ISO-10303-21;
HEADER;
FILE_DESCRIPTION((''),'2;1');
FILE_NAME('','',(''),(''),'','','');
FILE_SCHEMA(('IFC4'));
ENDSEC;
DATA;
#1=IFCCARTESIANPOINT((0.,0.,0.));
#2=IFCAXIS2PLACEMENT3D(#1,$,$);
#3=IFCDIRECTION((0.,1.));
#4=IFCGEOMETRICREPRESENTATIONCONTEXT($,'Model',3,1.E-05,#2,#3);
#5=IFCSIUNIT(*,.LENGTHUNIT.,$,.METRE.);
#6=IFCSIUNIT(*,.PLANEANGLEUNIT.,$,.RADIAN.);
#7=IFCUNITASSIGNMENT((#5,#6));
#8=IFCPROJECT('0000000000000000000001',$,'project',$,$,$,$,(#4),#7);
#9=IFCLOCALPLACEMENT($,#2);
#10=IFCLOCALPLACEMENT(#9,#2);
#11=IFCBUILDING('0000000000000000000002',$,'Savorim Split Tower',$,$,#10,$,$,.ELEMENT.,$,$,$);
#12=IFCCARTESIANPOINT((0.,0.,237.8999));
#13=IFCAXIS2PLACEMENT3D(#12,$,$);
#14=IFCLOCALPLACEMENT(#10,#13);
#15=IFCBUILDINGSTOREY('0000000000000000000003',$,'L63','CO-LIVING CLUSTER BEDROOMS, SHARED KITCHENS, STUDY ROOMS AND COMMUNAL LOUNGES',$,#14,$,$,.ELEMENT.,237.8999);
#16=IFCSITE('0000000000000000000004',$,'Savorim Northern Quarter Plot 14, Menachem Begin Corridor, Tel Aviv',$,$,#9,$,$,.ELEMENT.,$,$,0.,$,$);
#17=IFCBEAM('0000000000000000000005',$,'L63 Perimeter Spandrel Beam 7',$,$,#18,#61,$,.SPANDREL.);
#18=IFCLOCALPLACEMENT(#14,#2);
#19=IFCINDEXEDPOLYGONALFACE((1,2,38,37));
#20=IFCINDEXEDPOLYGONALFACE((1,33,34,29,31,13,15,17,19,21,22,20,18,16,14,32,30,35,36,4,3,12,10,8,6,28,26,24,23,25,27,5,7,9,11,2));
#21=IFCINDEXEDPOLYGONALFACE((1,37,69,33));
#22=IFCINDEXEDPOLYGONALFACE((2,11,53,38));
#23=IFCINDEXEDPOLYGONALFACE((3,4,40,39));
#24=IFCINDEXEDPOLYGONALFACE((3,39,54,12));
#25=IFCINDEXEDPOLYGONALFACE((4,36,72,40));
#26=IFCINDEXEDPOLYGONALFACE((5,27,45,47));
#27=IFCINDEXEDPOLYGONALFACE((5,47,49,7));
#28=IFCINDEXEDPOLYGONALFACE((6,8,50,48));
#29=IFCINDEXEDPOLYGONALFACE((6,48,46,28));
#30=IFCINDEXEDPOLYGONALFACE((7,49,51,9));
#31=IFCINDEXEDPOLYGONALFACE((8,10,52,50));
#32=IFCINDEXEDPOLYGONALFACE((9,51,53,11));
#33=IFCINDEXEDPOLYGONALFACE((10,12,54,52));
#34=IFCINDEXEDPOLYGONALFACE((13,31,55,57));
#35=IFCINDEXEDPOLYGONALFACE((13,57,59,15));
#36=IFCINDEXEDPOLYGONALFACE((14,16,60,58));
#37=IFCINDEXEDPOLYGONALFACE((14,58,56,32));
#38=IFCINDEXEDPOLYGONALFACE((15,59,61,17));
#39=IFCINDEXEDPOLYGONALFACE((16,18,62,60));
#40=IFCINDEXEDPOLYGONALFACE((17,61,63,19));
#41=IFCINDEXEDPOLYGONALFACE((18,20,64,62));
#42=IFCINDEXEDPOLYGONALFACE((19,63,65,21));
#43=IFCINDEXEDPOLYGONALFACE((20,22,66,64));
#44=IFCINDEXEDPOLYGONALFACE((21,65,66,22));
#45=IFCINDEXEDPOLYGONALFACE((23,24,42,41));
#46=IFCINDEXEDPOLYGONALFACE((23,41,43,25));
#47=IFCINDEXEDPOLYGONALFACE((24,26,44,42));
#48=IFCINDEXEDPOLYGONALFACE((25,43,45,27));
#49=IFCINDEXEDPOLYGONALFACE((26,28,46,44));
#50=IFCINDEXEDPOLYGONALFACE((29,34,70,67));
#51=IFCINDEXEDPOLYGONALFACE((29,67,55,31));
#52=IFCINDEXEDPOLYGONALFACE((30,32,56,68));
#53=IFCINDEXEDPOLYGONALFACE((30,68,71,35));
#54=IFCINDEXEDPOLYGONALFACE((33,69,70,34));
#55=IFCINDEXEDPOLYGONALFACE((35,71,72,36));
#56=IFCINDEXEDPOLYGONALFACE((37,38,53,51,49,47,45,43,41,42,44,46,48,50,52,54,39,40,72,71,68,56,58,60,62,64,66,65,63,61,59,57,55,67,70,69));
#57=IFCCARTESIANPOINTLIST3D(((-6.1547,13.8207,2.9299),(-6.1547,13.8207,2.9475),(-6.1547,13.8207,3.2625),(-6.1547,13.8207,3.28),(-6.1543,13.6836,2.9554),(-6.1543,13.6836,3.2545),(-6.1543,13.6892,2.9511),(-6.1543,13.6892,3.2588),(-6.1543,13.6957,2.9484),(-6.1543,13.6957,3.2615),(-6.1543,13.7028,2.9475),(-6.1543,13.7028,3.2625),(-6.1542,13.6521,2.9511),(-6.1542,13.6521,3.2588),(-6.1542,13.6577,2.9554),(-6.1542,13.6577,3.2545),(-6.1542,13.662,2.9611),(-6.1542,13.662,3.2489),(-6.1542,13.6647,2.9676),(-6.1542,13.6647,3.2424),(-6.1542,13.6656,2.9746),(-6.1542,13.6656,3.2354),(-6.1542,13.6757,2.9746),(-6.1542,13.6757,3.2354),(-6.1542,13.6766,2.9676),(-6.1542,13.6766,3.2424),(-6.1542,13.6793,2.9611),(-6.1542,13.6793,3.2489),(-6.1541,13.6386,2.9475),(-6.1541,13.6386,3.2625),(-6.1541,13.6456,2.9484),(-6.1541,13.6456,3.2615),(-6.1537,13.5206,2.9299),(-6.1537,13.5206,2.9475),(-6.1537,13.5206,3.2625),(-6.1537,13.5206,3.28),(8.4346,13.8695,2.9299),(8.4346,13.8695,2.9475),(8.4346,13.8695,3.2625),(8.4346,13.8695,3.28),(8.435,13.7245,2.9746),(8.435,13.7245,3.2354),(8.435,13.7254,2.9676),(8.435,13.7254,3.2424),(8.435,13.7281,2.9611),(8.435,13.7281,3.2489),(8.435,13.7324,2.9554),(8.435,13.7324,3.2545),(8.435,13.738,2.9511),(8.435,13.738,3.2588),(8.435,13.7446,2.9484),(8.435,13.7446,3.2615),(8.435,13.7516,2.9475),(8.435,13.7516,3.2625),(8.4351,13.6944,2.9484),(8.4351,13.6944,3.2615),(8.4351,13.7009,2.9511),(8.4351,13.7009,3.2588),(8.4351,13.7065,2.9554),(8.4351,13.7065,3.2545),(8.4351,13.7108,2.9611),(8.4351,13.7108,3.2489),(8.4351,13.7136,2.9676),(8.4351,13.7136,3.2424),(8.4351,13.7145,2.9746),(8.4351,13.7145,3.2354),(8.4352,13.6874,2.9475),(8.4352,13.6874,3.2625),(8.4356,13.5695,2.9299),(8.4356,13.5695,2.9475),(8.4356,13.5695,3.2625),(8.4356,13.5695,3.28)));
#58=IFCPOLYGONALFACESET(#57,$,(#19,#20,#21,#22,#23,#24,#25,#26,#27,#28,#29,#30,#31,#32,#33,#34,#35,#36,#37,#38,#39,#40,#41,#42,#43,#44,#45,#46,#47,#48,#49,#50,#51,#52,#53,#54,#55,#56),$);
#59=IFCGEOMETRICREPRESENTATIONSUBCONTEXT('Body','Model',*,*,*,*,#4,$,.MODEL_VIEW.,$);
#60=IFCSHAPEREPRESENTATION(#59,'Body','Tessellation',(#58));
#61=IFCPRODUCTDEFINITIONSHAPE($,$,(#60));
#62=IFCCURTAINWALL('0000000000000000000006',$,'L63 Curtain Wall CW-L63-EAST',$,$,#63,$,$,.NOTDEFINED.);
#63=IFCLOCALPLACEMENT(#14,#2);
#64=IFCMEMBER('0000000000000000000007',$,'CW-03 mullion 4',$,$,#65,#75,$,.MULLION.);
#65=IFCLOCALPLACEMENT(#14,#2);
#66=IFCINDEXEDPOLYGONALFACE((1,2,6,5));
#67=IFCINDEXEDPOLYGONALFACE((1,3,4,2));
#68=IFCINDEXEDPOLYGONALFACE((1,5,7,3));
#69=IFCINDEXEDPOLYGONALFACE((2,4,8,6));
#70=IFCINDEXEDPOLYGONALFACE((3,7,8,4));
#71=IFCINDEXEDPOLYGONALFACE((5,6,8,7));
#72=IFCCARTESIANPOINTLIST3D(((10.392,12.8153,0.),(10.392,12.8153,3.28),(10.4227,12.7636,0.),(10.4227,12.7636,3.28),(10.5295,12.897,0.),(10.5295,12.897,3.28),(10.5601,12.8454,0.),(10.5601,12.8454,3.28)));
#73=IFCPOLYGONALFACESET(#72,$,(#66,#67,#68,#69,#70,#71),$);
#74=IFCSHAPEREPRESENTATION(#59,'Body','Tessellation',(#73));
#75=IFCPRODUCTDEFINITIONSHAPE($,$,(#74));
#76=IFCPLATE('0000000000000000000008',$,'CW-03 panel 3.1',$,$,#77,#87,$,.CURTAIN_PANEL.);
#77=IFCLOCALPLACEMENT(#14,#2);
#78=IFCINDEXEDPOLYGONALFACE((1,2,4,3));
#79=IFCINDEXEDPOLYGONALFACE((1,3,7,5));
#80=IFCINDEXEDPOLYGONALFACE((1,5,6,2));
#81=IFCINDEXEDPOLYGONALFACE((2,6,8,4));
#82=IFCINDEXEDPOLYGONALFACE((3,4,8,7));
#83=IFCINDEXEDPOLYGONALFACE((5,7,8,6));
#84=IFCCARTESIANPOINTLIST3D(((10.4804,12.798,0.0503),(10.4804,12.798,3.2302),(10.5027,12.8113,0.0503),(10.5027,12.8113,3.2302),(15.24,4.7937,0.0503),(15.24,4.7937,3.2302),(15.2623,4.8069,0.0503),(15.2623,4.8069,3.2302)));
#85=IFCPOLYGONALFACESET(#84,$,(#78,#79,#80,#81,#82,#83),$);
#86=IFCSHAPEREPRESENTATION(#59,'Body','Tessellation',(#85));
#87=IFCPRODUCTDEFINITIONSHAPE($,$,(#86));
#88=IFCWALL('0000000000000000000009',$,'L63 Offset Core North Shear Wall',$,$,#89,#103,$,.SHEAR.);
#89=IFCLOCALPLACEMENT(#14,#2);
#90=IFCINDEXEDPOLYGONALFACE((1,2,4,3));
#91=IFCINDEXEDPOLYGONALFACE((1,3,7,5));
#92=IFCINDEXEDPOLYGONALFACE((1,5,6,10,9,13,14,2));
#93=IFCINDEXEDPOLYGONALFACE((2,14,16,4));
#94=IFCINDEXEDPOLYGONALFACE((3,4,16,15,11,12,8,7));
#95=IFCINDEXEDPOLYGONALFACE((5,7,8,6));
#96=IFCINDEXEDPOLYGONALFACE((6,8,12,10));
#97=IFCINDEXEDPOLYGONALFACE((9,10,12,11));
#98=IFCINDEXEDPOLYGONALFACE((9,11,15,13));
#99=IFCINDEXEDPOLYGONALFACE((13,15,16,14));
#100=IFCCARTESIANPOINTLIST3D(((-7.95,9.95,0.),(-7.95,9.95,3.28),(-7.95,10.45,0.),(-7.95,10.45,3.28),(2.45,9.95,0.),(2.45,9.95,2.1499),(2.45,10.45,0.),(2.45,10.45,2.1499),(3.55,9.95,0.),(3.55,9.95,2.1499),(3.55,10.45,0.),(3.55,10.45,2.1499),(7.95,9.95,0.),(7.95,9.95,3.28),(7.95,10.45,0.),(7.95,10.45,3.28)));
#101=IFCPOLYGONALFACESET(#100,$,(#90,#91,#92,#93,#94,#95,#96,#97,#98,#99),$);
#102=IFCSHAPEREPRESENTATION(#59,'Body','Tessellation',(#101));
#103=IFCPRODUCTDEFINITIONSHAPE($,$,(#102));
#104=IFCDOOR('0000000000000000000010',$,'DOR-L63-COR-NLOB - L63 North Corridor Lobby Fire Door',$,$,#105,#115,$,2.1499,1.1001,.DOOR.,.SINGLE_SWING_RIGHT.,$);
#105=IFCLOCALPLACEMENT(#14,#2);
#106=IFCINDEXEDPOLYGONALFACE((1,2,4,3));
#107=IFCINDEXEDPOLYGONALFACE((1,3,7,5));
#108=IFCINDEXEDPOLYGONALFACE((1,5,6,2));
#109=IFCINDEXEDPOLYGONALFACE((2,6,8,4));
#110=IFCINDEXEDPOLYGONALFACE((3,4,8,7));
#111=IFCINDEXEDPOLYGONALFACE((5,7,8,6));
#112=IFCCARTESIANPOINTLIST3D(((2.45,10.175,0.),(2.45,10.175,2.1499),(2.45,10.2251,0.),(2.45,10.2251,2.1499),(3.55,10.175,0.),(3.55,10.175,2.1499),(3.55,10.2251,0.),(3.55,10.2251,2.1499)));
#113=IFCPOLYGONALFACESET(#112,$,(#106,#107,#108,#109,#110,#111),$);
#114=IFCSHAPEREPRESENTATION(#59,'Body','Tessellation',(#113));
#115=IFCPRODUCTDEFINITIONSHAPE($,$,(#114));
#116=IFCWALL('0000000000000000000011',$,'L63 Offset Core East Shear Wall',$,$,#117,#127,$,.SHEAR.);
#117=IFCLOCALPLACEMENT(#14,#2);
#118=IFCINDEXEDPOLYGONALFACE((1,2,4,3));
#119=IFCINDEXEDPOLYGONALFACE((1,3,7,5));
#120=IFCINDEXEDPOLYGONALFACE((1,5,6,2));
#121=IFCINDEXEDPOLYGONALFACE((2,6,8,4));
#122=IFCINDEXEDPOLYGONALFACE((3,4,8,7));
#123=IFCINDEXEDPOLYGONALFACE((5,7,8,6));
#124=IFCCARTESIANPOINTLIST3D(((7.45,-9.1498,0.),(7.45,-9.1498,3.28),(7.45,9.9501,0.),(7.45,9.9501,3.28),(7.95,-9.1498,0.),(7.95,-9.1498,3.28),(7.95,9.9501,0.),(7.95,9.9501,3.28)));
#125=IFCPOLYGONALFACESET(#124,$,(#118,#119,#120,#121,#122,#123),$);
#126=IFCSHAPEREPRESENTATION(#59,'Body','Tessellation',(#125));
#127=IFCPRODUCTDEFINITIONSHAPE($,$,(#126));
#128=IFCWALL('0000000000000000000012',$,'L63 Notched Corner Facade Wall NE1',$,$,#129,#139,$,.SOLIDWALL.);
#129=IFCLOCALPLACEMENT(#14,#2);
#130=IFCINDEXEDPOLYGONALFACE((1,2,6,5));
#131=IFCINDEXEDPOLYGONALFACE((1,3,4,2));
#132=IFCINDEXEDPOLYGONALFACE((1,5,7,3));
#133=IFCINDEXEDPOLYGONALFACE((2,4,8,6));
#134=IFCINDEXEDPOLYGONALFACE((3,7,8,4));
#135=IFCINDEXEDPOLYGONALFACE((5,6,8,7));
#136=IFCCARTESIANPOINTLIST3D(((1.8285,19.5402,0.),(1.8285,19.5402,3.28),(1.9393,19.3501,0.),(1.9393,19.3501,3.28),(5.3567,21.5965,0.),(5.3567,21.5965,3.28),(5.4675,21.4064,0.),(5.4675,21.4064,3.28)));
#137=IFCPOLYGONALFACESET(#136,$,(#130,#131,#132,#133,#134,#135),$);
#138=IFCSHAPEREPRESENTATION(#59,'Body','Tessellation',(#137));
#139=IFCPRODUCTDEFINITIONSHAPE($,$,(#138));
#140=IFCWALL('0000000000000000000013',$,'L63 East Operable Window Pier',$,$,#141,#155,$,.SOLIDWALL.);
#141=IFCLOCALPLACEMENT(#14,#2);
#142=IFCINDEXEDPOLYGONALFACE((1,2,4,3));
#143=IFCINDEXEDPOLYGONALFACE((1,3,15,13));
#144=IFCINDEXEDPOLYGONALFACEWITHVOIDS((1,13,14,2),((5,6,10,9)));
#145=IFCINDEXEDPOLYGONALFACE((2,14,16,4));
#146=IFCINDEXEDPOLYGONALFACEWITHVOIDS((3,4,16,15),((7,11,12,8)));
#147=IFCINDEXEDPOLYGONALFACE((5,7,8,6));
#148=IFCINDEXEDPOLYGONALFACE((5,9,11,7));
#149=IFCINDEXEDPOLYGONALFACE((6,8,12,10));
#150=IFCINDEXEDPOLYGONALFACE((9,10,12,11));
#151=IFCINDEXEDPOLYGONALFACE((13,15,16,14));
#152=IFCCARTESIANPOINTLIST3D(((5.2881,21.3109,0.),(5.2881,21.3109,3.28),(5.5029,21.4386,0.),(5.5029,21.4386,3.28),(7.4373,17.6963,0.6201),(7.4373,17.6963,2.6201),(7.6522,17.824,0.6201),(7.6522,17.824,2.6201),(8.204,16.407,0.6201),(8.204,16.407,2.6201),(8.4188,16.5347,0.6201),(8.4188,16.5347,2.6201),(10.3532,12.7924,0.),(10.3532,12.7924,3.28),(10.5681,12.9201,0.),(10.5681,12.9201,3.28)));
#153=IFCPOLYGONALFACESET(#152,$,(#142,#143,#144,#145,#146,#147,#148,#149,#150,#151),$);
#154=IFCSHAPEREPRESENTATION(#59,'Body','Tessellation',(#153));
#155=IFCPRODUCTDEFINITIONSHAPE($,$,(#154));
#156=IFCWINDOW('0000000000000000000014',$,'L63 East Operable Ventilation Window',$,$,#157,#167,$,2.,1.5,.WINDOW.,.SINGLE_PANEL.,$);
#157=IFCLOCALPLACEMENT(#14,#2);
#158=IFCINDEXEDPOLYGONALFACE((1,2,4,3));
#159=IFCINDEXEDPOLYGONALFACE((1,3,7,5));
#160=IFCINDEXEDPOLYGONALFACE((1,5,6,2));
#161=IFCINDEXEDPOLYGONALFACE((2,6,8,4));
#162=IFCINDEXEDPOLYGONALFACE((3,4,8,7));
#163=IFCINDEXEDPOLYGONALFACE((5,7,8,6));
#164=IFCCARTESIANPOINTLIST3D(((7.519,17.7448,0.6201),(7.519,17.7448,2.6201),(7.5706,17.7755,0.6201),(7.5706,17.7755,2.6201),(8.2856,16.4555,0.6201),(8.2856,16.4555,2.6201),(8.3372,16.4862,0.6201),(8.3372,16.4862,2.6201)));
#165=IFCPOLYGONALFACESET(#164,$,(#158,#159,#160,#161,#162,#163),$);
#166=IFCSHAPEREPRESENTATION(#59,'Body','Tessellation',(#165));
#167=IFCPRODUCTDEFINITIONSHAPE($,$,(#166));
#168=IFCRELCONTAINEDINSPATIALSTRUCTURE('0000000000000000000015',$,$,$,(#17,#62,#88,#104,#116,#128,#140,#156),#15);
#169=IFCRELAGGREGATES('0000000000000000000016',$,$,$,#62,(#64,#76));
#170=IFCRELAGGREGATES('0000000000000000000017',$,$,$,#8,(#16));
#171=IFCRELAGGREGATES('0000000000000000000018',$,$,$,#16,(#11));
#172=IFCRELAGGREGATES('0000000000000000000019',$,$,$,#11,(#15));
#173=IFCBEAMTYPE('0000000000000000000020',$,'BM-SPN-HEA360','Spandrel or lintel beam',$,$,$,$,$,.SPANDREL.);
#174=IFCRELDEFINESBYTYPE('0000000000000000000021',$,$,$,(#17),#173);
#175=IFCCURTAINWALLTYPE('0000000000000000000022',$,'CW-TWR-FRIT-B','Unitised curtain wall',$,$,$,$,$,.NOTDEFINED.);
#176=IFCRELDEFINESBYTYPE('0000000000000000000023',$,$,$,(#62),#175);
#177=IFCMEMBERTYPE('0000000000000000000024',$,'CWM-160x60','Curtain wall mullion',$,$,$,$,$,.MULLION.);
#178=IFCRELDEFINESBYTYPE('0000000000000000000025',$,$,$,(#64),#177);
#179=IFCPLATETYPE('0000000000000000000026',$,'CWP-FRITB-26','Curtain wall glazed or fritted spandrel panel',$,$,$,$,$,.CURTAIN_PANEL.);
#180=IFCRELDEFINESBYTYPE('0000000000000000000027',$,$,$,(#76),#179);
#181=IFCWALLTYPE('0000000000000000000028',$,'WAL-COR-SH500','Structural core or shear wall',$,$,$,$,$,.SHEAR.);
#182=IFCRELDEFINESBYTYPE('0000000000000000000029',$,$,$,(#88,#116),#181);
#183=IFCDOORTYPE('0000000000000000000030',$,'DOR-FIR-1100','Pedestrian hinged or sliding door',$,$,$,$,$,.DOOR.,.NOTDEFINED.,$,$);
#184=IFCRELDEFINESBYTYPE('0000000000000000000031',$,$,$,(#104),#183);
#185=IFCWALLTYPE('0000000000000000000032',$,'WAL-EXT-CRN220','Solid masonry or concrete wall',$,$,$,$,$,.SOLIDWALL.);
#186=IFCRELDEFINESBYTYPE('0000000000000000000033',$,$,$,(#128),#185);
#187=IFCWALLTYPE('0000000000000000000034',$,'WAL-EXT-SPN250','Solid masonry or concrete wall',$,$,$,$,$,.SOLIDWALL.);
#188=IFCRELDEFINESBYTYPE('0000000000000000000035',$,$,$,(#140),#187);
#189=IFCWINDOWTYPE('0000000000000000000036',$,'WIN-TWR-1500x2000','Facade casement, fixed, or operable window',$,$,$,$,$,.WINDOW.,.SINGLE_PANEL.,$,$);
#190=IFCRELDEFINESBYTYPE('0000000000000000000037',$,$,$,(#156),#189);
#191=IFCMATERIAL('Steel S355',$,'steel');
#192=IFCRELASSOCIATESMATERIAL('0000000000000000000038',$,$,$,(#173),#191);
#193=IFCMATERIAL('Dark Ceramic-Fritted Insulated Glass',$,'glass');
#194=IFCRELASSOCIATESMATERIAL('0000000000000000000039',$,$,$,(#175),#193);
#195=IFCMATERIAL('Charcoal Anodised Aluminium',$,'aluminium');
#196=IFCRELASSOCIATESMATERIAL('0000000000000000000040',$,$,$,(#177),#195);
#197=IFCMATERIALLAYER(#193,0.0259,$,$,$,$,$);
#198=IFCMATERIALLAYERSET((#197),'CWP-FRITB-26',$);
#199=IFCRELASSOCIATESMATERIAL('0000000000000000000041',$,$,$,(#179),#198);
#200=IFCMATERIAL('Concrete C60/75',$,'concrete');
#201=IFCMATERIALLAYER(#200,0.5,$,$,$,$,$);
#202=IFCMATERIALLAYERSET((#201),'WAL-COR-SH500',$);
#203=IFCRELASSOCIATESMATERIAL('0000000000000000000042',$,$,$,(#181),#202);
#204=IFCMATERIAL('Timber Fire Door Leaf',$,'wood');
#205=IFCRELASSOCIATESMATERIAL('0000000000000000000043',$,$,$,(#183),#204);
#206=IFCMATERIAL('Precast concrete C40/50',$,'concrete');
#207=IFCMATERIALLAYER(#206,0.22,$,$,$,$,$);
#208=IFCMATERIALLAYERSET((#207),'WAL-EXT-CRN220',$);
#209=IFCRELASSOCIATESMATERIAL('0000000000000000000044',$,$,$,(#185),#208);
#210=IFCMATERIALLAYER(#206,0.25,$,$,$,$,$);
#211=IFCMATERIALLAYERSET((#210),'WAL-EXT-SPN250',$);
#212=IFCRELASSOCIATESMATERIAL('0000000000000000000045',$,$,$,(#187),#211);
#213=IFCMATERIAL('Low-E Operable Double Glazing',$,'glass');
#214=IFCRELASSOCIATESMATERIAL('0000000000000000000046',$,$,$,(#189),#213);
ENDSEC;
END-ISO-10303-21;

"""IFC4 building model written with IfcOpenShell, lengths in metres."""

from ifc_helpers import new_model, si_unit, direction, frame, frame_2d, origin, origin_2d, place, context, subcontext, project, spatial, rectangle, i_section, extrude, material, layer, layer_set, material_profile, profile_set, type_object, element, fill, aggregate, save


model = new_model("IFC4")

# Units and contexts
model_context = context("Model", 3, precision=1e-05, world=origin(), true_north=direction((0.0, 1.0)))
body_context = subcontext(model_context, "Body", "Model", "MODEL_VIEW")
ifc_project = project(units=[si_unit("LENGTHUNIT", "METRE"), si_unit("PLANEANGLEUNIT", "RADIAN")], contexts=[model_context])

# Site, building, storey
site_placement = place(None, origin())
site = spatial("IfcSite", under=ifc_project, at=site_placement, Name="Savorim Northern Quarter Plot 14, Menachem Begin Corridor, Tel Aviv", CompositionType="ELEMENT", RefElevation=0.0)
building_placement = place(site_placement, origin())
building = spatial("IfcBuilding", under=site, at=building_placement, Name="Savorim Split Tower", CompositionType="ELEMENT")
storey_placement = place(building_placement, frame((0.0, 0.0, 237.8999)))
storey = spatial("IfcBuildingStorey", under=building, at=storey_placement, Name="L63", Description="CO-LIVING CLUSTER BEDROOMS, SHARED KITCHENS, STUDY ROOMS AND COMMUNAL LOUNGES", CompositionType="ELEMENT", Elevation=237.8999)

# Shared definitions
ifc_material_1 = material(Name="Steel S355", Category="steel")

# Beam
ifc_material_profile_1 = material_profile(ifc_material_1, i_section(OverallWidth=0.3, OverallDepth=0.3501, WebThickness=0.01, FlangeThickness=0.0176, FilletRadius=0.0271, at=origin_2d()), Name="HEA 360")
ifc_profile_set_1 = profile_set([ifc_material_profile_1], Name="Steel S355")
beam_type_1 = type_object("IfcBeamType", Name="BM-SPN-HEA360", Description="Spandrel or lintel beam", PredefinedType="SPANDREL", material=ifc_profile_set_1)
beam_1_placement = place(storey_placement, frame((8.4351, 13.7195, 3.105), z_axis=(-0.999994, -0.003347, 0.0), x_axis=(0.003347, -0.999994, 0.0)))
element("IfcBeam", 1, at=beam_1_placement, inside=storey, type_object=beam_type_1, Name="L63 Perimeter Spandrel Beam 7", PredefinedType="SPANDREL", context=body_context, shape_type="SweptSolid", body=[
    extrude(i_section(OverallWidth=0.3, OverallDepth=0.3501, WebThickness=0.01, FlangeThickness=0.0176, FilletRadius=0.0271, at=origin_2d()), origin(), (0.0, 0.0, 1.0), 14.5894),
])

# Curtain wall, member, plate
ifc_material_2 = material(Name="Dark Ceramic-Fritted Insulated Glass", Category="glass")
curtain_wall_type = type_object("IfcCurtainWallType", Name="CW-TWR-FRIT-B", Description="Unitised curtain wall", PredefinedType="NOTDEFINED", material=ifc_material_2)
curtain_wall_placement = place(storey_placement, origin())
curtain_wall = element("IfcCurtainWall", 2, at=curtain_wall_placement, inside=storey, type_object=curtain_wall_type, Name="L63 Curtain Wall CW-L63-EAST", PredefinedType="NOTDEFINED")
ifc_material_3 = material(Name="Charcoal Anodised Aluminium", Category="aluminium")
ifc_material_profile_2 = material_profile(ifc_material_3, rectangle(XDim=0.1599, YDim=0.0601, at=origin_2d()), Name="ALU-M 160x60")
ifc_profile_set_2 = profile_set([ifc_material_profile_2], Name="Charcoal Anodised Aluminium")
member_type = type_object("IfcMemberType", Name="CWM-160x60", Description="Curtain wall mullion", PredefinedType="MULLION", material=ifc_profile_set_2)
member_placement = place(storey_placement, frame((10.4761, 12.8303, 0.0), z_axis=(0.0, 0.0, 1.0), x_axis=(-0.859524, -0.511096, 0.0)))
member = element("IfcMember", 3, at=member_placement, type_object=member_type, Name="CW-03 mullion 4", PredefinedType="MULLION", context=body_context, shape_type="SweptSolid", body=[
    extrude(rectangle(XDim=0.1599, YDim=0.0601, at=origin_2d()), origin(), (0.0, 0.0, 1.0), 3.28),
])
ifc_layer_1 = layer(ifc_material_2, 0.0259)
ifc_layer_set_1 = layer_set([ifc_layer_1], Name="CWP-FRITB-26")
plate_type = type_object("IfcPlateType", Name="CWP-FRITB-26", Description="Curtain wall glazed or fritted spandrel panel", PredefinedType="CURTAIN_PANEL", material=ifc_layer_set_1)
plate_placement = place(storey_placement, frame((12.8713, 8.8025, 0.0503), z_axis=(0.0, 0.0, 1.0), x_axis=(-0.511096, 0.859524, 0.0)))
plate = element("IfcPlate", 4, at=plate_placement, type_object=plate_type, Name="CW-03 panel 3.1", PredefinedType="CURTAIN_PANEL", context=body_context, shape_type="SweptSolid", body=[
    extrude(rectangle(XDim=9.3125, YDim=0.0259, at=origin_2d()), origin(), (0.0, 0.0, 1.0), 3.1799),
])
aggregate(curtain_wall, [member, plate])

# Wall, opening, door
ifc_material_4 = material(Name="Concrete C60/75", Category="concrete")
ifc_layer_2 = layer(ifc_material_4, 0.5)
ifc_layer_set_2 = layer_set([ifc_layer_2], Name="WAL-COR-SH500")
wall_type_1 = type_object("IfcWallType", Name="WAL-COR-SH500", Description="Structural core or shear wall", PredefinedType="SHEAR", material=ifc_layer_set_2)
wall_1_placement = place(storey_placement, frame((7.95, 10.2, 0.0), z_axis=(0.0, 0.0, 1.0), x_axis=(-1.0, 0.0, 0.0)))
wall_1 = element("IfcWall", 5, at=wall_1_placement, inside=storey, type_object=wall_type_1, Name="L63 Offset Core North Shear Wall", PredefinedType="SHEAR", context=body_context, shape_type="SweptSolid", body=[
    extrude(rectangle(XDim=15.8999, YDim=0.5, at=frame_2d((7.95, 0.0))), origin(), (0.0, 0.0, 1.0), 3.28),
])
opening_1_placement = place(wall_1_placement, frame((4.3999, 0.0, 0.0)))
opening_1 = element("IfcOpeningElement", 6, at=opening_1_placement, cuts=wall_1, PredefinedType="OPENING", context=body_context, shape_type="SweptSolid", body=[
    extrude(rectangle(XDim=1.1001, YDim=2.1499, at=frame_2d((0.55, 1.075))), frame((0.0, 0.26, 0.0), z_axis=(0.0, -1.0, 0.0), x_axis=(1.0, 0.0, 0.0)), (0.0, 0.0, 1.0), 0.52),
])
ifc_material_5 = material(Name="Timber Fire Door Leaf", Category="wood")
door_type_1 = type_object("IfcDoorType", Name="DOR-FIR-1100", Description="Pedestrian hinged or sliding door", OperationType="NOTDEFINED", PredefinedType="DOOR", material=ifc_material_5)
door_1_placement = place(opening_1_placement, origin())
door_1 = element("IfcDoor", 7, at=door_1_placement, inside=storey, type_object=door_type_1, Name="DOR-L63-COR-NLOB - L63 North Corridor Lobby Fire Door", OperationType="SINGLE_SWING_RIGHT", OverallHeight=2.1499, OverallWidth=1.1001, PredefinedType="DOOR", context=body_context, shape_type="SweptSolid", body=[
    extrude(rectangle(XDim=1.1001, YDim=2.1499, at=frame_2d((0.55, 1.075))), frame((0.0, 0.0249, 0.0), z_axis=(0.0, -1.0, 0.0), x_axis=(1.0, 0.0, 0.0)), (0.0, 0.0, 1.0), 0.05),
])
fill(opening_1, door_1)

# Walls
wall_2_placement = place(storey_placement, frame((7.7, 9.95, 0.0), z_axis=(0.0, 0.0, 1.0), x_axis=(0.0, -1.0, 0.0)))
element("IfcWall", 8, at=wall_2_placement, inside=storey, type_object=wall_type_1, Name="L63 Offset Core East Shear Wall", PredefinedType="SHEAR", context=body_context, shape_type="SweptSolid", body=[
    extrude(rectangle(XDim=19.0999, YDim=0.5, at=frame_2d((9.5498, 0.0))), origin(), (0.0, 0.0, 1.0), 3.28),
])
ifc_material_6 = material(Name="Precast concrete C40/50", Category="concrete")
ifc_layer_3 = layer(ifc_material_6, 0.22)
ifc_layer_set_3 = layer_set([ifc_layer_3], Name="WAL-EXT-CRN220")
wall_type_2 = type_object("IfcWallType", Name="WAL-EXT-CRN220", Description="Solid masonry or concrete wall", PredefinedType="SOLIDWALL", material=ifc_layer_set_3)
wall_3_placement = place(storey_placement, frame((1.8838, 19.4451, 0.0), z_axis=(0.0, 0.0, 1.0), x_axis=(0.86397, 0.503544, 0.0)))
element("IfcWall", 9, at=wall_3_placement, inside=storey, type_object=wall_type_2, Name="L63 Notched Corner Facade Wall NE1", PredefinedType="SOLIDWALL", context=body_context, shape_type="SweptSolid", body=[
    extrude(rectangle(XDim=4.0837, YDim=0.22, at=frame_2d((2.042, 0.0))), origin(), (0.0, 0.0, 1.0), 3.28),
])

# Wall, opening, window
ifc_layer_4 = layer(ifc_material_6, 0.25)
ifc_layer_set_4 = layer_set([ifc_layer_4], Name="WAL-EXT-SPN250")
wall_type_3 = type_object("IfcWallType", Name="WAL-EXT-SPN250", Description="Solid masonry or concrete wall", PredefinedType="SOLIDWALL", material=ifc_layer_set_4)
wall_4_placement = place(storey_placement, frame((5.3955, 21.3748, 0.0), z_axis=(0.0, 0.0, 1.0), x_axis=(0.511083, -0.859532, 0.0)))
wall_4 = element("IfcWall", 10, at=wall_4_placement, inside=storey, type_object=wall_type_3, Name="L63 East Operable Window Pier", PredefinedType="SOLIDWALL", context=body_context, shape_type="SweptSolid", body=[
    extrude(rectangle(XDim=9.9106, YDim=0.25, at=frame_2d((4.9553, 0.0))), origin(), (0.0, 0.0, 1.0), 3.28),
])
opening_2_placement = place(wall_4_placement, frame((4.2053, 0.0, 0.6201)))
opening_2 = element("IfcOpeningElement", 11, at=opening_2_placement, cuts=wall_4, PredefinedType="OPENING", context=body_context, shape_type="SweptSolid", body=[
    extrude(rectangle(XDim=1.5, YDim=2.0, at=frame_2d((0.75, 1.0))), frame((0.0, 0.135, 0.0), z_axis=(0.0, -1.0, 0.0), x_axis=(1.0, 0.0, 0.0)), (0.0, 0.0, 1.0), 0.27),
])
ifc_material_7 = material(Name="Low-E Operable Double Glazing", Category="glass")
window_type = type_object("IfcWindowType", Name="WIN-TWR-1500x2000", Description="Facade casement, fixed, or operable window", PartitioningType="SINGLE_PANEL", PredefinedType="WINDOW", material=ifc_material_7)
window_placement = place(opening_2_placement, origin())
window = element("IfcWindow", 12, at=window_placement, inside=storey, type_object=window_type, Name="L63 East Operable Ventilation Window", OverallHeight=2.0, OverallWidth=1.5, PartitioningType="SINGLE_PANEL", PredefinedType="WINDOW", context=body_context, shape_type="SweptSolid", body=[
    extrude(rectangle(XDim=1.5, YDim=2.0, at=frame_2d((0.75, 1.0))), frame((0.0, 0.03, 0.0), z_axis=(0.0, -1.0, 0.0), x_axis=(1.0, 0.0, 0.0)), (0.0, 0.0, 1.0), 0.0601),
])
fill(opening_2, window)

save(model, "model.ifc")
